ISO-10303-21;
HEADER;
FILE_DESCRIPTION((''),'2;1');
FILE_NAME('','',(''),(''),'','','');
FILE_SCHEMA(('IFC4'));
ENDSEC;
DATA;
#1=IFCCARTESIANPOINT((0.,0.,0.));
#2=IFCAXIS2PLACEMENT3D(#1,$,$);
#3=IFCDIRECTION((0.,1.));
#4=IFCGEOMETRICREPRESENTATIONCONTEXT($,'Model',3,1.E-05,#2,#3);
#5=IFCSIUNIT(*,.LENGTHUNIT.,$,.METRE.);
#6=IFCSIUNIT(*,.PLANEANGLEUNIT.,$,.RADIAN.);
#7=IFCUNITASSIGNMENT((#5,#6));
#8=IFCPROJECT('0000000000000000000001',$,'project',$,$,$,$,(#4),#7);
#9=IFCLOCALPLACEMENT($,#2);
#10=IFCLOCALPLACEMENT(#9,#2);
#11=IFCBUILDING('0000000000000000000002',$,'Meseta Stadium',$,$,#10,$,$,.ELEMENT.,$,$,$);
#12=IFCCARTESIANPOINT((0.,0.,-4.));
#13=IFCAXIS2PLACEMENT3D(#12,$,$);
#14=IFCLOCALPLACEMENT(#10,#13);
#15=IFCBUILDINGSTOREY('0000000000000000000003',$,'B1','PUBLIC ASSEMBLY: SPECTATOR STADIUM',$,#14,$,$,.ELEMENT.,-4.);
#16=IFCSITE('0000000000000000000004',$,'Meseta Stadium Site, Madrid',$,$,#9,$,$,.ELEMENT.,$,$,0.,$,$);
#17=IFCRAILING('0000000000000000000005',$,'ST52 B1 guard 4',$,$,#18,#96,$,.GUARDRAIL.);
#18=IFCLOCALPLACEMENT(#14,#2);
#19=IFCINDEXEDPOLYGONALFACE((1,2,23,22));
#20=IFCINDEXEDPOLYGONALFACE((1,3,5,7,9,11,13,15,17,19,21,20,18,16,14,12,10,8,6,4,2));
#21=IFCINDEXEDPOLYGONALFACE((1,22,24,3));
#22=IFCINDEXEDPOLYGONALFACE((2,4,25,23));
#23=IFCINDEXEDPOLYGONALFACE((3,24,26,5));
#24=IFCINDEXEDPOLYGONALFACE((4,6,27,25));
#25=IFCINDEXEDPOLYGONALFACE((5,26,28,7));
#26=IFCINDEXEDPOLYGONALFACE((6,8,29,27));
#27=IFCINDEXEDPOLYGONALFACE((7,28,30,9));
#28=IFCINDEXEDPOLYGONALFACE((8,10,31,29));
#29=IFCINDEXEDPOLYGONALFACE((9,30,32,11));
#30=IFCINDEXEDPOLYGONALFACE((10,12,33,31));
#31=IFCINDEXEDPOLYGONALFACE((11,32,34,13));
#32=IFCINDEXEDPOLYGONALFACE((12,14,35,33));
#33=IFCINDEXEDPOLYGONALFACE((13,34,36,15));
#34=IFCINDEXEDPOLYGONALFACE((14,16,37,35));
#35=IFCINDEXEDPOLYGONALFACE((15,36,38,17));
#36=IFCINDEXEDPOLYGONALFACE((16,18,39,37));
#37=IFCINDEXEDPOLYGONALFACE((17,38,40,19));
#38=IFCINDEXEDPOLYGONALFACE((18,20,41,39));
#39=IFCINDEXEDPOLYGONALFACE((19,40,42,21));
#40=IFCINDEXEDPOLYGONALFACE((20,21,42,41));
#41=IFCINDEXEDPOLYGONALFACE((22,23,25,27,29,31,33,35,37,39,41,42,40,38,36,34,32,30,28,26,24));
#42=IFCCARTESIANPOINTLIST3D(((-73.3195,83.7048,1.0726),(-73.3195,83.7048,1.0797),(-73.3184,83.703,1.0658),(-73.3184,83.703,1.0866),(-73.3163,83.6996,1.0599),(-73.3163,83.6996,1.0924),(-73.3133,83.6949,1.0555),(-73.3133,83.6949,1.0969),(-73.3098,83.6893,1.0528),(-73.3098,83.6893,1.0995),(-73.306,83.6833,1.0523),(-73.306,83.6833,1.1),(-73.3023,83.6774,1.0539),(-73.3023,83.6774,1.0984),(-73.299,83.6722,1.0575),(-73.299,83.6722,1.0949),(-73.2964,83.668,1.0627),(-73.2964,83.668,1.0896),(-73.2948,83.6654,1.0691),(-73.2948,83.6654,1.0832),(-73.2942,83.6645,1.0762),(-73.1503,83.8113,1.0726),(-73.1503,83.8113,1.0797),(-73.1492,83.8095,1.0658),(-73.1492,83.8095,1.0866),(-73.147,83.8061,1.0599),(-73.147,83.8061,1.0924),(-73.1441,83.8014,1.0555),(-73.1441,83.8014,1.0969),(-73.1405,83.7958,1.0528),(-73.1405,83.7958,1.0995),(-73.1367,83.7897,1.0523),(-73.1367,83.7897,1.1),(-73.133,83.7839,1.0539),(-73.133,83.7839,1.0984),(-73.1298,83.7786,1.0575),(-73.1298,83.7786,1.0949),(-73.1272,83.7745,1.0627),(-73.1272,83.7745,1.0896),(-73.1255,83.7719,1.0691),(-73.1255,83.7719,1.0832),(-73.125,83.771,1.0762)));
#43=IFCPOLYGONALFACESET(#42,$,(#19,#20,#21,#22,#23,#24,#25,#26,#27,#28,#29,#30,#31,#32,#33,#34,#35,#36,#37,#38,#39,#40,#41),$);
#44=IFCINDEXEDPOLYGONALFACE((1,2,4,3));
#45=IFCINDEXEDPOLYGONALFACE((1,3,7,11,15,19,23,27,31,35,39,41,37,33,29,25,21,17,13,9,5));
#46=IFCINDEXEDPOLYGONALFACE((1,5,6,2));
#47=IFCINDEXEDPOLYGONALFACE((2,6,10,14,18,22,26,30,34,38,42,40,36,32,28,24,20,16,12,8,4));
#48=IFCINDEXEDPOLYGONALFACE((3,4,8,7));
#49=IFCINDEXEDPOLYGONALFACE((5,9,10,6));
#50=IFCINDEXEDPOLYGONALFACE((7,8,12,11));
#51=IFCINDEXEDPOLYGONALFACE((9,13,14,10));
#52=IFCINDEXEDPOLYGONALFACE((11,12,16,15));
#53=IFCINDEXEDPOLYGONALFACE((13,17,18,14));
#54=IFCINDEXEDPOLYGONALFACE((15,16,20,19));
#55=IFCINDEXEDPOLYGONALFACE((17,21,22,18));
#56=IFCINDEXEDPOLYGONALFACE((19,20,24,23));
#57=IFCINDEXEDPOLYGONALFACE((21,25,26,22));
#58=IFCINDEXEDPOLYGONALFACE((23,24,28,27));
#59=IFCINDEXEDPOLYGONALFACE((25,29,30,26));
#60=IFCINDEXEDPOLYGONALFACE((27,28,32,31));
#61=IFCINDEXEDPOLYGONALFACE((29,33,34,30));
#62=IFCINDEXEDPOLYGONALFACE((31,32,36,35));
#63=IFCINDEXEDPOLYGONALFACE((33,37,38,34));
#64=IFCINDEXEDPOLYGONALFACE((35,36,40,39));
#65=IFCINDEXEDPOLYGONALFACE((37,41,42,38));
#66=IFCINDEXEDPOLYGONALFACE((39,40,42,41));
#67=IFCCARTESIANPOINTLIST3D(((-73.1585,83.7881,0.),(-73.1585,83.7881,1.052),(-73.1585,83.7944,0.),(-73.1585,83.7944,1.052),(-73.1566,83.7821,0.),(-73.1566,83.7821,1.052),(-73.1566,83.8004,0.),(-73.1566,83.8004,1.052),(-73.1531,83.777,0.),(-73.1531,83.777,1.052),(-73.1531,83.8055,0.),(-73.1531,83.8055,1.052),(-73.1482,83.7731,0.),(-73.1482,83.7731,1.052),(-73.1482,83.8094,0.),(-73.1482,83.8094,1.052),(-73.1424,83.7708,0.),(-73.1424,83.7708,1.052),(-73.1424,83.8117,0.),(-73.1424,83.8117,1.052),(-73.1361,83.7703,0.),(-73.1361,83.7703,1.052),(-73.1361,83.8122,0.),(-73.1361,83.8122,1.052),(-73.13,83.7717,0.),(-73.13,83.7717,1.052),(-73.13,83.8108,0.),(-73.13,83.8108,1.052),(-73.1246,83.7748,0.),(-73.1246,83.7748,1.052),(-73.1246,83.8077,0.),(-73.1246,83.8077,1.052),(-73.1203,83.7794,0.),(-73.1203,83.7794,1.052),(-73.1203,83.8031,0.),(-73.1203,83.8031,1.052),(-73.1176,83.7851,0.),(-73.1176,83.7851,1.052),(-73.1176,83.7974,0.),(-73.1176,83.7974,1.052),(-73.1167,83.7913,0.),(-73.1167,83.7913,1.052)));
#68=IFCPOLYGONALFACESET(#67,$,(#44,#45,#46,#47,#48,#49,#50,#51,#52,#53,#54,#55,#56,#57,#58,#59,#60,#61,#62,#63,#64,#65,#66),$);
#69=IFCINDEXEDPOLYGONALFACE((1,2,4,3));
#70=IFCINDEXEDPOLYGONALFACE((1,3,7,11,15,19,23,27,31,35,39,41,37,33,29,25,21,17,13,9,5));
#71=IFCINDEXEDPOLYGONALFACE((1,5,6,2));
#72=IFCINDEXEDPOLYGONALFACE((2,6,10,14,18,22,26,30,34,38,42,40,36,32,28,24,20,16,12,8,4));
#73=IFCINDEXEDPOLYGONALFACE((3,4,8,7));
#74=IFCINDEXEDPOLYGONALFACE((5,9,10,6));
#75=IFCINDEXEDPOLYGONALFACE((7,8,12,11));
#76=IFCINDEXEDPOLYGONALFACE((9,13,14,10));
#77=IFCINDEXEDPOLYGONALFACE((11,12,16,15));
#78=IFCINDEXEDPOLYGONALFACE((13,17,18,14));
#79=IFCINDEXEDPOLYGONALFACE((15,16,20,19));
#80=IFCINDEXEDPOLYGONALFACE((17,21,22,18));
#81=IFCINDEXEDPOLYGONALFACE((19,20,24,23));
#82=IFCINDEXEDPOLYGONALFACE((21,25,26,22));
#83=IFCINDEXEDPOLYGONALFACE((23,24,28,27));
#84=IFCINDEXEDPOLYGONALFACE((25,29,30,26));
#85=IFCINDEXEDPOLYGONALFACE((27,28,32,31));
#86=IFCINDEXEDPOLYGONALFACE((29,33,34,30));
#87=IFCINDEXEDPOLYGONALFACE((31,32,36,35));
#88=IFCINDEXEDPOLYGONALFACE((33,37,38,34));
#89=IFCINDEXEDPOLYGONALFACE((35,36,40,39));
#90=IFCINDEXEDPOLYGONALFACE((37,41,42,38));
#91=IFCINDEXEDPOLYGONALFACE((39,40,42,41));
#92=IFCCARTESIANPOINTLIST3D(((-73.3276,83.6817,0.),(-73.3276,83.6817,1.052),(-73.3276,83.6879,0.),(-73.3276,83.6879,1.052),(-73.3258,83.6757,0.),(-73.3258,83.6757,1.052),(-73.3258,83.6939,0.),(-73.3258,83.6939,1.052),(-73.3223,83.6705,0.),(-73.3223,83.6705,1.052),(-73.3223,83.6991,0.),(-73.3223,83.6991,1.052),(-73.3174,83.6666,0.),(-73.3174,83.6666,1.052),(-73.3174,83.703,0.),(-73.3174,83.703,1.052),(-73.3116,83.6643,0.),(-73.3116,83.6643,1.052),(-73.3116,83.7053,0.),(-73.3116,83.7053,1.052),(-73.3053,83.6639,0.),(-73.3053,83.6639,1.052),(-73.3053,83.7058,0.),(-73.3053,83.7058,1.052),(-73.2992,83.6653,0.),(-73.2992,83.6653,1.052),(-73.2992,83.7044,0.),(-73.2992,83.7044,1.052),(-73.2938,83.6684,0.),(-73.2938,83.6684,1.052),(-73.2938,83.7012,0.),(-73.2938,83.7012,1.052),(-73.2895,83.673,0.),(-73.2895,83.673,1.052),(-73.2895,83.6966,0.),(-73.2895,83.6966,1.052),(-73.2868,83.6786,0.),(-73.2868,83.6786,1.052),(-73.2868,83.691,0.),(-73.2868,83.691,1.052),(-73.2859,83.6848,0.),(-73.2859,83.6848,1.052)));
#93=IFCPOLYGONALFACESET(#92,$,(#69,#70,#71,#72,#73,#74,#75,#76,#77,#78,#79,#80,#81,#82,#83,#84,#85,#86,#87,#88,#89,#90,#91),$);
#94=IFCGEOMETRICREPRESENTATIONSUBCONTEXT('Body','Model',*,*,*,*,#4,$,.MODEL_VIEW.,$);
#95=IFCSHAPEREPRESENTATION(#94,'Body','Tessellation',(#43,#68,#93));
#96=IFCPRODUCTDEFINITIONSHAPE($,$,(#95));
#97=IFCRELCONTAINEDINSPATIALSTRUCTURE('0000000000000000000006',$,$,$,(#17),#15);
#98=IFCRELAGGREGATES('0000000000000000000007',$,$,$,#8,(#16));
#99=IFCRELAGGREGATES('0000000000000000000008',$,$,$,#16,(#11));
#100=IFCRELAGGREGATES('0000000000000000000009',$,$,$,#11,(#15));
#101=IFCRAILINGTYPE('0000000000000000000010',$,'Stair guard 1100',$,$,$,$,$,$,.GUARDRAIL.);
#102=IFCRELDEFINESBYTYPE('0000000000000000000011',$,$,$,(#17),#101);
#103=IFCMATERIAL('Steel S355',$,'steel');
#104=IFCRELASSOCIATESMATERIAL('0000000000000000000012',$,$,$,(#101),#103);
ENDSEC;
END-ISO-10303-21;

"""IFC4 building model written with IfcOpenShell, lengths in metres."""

from ifc_helpers import new_model, si_unit, direction, frame, origin, origin_2d, place, context, subcontext, project, spatial, circle, extrude, material, type_object, element, save


model = new_model("IFC4")

# Units and contexts
model_context = context("Model", 3, precision=1e-05, world=origin(), true_north=direction((0.0, 1.0)))
body_context = subcontext(model_context, "Body", "Model", "MODEL_VIEW")
ifc_project = project(units=[si_unit("LENGTHUNIT", "METRE"), si_unit("PLANEANGLEUNIT", "RADIAN")], contexts=[model_context])

# Site, building, storey
site_placement = place(None, origin())
site = spatial("IfcSite", under=ifc_project, at=site_placement, Name="Meseta Stadium Site, Madrid", CompositionType="ELEMENT", RefElevation=0.0)
building_placement = place(site_placement, origin())
building = spatial("IfcBuilding", under=site, at=building_placement, Name="Meseta Stadium", CompositionType="ELEMENT")
storey_placement = place(building_placement, frame((0.0, 0.0, -4.0)))
storey = spatial("IfcBuildingStorey", under=building, at=storey_placement, Name="B1", Description="PUBLIC ASSEMBLY: SPECTATOR STADIUM", CompositionType="ELEMENT", Elevation=-4.0)

# Railing
ifc_material_1 = material(Name="Steel S355", Category="steel")
railing_type_1 = type_object("IfcRailingType", Name="Stair guard 1100", PredefinedType="GUARDRAIL", material=ifc_material_1)
railing_1_placement = place(storey_placement, frame((-73.1377, 83.7913, 0.0)))
element("IfcRailing", 1, at=railing_1_placement, inside=storey, type_object=railing_type_1, Name="ST52 B1 guard 4", PredefinedType="GUARDRAIL", context=body_context, shape_type="SweptSolid", body=[
    extrude(circle(Radius=0.0239, at=origin_2d()), frame((0.0, 0.0, 1.0762), z_axis=(-0.846416, -0.532522, 0.0), x_axis=(0.532522, -0.846416, 0.0)), (0.0, 0.0, 1.0), 0.2),
    extrude(circle(Radius=0.021, at=origin_2d()), origin(), (0.0, 0.0, 1.0), 1.052),
    extrude(circle(Radius=0.021, at=origin_2d()), frame((-0.1692, -0.1064, 0.0)), (0.0, 0.0, 1.0), 1.052),
])

save(model, "model.ifc")
